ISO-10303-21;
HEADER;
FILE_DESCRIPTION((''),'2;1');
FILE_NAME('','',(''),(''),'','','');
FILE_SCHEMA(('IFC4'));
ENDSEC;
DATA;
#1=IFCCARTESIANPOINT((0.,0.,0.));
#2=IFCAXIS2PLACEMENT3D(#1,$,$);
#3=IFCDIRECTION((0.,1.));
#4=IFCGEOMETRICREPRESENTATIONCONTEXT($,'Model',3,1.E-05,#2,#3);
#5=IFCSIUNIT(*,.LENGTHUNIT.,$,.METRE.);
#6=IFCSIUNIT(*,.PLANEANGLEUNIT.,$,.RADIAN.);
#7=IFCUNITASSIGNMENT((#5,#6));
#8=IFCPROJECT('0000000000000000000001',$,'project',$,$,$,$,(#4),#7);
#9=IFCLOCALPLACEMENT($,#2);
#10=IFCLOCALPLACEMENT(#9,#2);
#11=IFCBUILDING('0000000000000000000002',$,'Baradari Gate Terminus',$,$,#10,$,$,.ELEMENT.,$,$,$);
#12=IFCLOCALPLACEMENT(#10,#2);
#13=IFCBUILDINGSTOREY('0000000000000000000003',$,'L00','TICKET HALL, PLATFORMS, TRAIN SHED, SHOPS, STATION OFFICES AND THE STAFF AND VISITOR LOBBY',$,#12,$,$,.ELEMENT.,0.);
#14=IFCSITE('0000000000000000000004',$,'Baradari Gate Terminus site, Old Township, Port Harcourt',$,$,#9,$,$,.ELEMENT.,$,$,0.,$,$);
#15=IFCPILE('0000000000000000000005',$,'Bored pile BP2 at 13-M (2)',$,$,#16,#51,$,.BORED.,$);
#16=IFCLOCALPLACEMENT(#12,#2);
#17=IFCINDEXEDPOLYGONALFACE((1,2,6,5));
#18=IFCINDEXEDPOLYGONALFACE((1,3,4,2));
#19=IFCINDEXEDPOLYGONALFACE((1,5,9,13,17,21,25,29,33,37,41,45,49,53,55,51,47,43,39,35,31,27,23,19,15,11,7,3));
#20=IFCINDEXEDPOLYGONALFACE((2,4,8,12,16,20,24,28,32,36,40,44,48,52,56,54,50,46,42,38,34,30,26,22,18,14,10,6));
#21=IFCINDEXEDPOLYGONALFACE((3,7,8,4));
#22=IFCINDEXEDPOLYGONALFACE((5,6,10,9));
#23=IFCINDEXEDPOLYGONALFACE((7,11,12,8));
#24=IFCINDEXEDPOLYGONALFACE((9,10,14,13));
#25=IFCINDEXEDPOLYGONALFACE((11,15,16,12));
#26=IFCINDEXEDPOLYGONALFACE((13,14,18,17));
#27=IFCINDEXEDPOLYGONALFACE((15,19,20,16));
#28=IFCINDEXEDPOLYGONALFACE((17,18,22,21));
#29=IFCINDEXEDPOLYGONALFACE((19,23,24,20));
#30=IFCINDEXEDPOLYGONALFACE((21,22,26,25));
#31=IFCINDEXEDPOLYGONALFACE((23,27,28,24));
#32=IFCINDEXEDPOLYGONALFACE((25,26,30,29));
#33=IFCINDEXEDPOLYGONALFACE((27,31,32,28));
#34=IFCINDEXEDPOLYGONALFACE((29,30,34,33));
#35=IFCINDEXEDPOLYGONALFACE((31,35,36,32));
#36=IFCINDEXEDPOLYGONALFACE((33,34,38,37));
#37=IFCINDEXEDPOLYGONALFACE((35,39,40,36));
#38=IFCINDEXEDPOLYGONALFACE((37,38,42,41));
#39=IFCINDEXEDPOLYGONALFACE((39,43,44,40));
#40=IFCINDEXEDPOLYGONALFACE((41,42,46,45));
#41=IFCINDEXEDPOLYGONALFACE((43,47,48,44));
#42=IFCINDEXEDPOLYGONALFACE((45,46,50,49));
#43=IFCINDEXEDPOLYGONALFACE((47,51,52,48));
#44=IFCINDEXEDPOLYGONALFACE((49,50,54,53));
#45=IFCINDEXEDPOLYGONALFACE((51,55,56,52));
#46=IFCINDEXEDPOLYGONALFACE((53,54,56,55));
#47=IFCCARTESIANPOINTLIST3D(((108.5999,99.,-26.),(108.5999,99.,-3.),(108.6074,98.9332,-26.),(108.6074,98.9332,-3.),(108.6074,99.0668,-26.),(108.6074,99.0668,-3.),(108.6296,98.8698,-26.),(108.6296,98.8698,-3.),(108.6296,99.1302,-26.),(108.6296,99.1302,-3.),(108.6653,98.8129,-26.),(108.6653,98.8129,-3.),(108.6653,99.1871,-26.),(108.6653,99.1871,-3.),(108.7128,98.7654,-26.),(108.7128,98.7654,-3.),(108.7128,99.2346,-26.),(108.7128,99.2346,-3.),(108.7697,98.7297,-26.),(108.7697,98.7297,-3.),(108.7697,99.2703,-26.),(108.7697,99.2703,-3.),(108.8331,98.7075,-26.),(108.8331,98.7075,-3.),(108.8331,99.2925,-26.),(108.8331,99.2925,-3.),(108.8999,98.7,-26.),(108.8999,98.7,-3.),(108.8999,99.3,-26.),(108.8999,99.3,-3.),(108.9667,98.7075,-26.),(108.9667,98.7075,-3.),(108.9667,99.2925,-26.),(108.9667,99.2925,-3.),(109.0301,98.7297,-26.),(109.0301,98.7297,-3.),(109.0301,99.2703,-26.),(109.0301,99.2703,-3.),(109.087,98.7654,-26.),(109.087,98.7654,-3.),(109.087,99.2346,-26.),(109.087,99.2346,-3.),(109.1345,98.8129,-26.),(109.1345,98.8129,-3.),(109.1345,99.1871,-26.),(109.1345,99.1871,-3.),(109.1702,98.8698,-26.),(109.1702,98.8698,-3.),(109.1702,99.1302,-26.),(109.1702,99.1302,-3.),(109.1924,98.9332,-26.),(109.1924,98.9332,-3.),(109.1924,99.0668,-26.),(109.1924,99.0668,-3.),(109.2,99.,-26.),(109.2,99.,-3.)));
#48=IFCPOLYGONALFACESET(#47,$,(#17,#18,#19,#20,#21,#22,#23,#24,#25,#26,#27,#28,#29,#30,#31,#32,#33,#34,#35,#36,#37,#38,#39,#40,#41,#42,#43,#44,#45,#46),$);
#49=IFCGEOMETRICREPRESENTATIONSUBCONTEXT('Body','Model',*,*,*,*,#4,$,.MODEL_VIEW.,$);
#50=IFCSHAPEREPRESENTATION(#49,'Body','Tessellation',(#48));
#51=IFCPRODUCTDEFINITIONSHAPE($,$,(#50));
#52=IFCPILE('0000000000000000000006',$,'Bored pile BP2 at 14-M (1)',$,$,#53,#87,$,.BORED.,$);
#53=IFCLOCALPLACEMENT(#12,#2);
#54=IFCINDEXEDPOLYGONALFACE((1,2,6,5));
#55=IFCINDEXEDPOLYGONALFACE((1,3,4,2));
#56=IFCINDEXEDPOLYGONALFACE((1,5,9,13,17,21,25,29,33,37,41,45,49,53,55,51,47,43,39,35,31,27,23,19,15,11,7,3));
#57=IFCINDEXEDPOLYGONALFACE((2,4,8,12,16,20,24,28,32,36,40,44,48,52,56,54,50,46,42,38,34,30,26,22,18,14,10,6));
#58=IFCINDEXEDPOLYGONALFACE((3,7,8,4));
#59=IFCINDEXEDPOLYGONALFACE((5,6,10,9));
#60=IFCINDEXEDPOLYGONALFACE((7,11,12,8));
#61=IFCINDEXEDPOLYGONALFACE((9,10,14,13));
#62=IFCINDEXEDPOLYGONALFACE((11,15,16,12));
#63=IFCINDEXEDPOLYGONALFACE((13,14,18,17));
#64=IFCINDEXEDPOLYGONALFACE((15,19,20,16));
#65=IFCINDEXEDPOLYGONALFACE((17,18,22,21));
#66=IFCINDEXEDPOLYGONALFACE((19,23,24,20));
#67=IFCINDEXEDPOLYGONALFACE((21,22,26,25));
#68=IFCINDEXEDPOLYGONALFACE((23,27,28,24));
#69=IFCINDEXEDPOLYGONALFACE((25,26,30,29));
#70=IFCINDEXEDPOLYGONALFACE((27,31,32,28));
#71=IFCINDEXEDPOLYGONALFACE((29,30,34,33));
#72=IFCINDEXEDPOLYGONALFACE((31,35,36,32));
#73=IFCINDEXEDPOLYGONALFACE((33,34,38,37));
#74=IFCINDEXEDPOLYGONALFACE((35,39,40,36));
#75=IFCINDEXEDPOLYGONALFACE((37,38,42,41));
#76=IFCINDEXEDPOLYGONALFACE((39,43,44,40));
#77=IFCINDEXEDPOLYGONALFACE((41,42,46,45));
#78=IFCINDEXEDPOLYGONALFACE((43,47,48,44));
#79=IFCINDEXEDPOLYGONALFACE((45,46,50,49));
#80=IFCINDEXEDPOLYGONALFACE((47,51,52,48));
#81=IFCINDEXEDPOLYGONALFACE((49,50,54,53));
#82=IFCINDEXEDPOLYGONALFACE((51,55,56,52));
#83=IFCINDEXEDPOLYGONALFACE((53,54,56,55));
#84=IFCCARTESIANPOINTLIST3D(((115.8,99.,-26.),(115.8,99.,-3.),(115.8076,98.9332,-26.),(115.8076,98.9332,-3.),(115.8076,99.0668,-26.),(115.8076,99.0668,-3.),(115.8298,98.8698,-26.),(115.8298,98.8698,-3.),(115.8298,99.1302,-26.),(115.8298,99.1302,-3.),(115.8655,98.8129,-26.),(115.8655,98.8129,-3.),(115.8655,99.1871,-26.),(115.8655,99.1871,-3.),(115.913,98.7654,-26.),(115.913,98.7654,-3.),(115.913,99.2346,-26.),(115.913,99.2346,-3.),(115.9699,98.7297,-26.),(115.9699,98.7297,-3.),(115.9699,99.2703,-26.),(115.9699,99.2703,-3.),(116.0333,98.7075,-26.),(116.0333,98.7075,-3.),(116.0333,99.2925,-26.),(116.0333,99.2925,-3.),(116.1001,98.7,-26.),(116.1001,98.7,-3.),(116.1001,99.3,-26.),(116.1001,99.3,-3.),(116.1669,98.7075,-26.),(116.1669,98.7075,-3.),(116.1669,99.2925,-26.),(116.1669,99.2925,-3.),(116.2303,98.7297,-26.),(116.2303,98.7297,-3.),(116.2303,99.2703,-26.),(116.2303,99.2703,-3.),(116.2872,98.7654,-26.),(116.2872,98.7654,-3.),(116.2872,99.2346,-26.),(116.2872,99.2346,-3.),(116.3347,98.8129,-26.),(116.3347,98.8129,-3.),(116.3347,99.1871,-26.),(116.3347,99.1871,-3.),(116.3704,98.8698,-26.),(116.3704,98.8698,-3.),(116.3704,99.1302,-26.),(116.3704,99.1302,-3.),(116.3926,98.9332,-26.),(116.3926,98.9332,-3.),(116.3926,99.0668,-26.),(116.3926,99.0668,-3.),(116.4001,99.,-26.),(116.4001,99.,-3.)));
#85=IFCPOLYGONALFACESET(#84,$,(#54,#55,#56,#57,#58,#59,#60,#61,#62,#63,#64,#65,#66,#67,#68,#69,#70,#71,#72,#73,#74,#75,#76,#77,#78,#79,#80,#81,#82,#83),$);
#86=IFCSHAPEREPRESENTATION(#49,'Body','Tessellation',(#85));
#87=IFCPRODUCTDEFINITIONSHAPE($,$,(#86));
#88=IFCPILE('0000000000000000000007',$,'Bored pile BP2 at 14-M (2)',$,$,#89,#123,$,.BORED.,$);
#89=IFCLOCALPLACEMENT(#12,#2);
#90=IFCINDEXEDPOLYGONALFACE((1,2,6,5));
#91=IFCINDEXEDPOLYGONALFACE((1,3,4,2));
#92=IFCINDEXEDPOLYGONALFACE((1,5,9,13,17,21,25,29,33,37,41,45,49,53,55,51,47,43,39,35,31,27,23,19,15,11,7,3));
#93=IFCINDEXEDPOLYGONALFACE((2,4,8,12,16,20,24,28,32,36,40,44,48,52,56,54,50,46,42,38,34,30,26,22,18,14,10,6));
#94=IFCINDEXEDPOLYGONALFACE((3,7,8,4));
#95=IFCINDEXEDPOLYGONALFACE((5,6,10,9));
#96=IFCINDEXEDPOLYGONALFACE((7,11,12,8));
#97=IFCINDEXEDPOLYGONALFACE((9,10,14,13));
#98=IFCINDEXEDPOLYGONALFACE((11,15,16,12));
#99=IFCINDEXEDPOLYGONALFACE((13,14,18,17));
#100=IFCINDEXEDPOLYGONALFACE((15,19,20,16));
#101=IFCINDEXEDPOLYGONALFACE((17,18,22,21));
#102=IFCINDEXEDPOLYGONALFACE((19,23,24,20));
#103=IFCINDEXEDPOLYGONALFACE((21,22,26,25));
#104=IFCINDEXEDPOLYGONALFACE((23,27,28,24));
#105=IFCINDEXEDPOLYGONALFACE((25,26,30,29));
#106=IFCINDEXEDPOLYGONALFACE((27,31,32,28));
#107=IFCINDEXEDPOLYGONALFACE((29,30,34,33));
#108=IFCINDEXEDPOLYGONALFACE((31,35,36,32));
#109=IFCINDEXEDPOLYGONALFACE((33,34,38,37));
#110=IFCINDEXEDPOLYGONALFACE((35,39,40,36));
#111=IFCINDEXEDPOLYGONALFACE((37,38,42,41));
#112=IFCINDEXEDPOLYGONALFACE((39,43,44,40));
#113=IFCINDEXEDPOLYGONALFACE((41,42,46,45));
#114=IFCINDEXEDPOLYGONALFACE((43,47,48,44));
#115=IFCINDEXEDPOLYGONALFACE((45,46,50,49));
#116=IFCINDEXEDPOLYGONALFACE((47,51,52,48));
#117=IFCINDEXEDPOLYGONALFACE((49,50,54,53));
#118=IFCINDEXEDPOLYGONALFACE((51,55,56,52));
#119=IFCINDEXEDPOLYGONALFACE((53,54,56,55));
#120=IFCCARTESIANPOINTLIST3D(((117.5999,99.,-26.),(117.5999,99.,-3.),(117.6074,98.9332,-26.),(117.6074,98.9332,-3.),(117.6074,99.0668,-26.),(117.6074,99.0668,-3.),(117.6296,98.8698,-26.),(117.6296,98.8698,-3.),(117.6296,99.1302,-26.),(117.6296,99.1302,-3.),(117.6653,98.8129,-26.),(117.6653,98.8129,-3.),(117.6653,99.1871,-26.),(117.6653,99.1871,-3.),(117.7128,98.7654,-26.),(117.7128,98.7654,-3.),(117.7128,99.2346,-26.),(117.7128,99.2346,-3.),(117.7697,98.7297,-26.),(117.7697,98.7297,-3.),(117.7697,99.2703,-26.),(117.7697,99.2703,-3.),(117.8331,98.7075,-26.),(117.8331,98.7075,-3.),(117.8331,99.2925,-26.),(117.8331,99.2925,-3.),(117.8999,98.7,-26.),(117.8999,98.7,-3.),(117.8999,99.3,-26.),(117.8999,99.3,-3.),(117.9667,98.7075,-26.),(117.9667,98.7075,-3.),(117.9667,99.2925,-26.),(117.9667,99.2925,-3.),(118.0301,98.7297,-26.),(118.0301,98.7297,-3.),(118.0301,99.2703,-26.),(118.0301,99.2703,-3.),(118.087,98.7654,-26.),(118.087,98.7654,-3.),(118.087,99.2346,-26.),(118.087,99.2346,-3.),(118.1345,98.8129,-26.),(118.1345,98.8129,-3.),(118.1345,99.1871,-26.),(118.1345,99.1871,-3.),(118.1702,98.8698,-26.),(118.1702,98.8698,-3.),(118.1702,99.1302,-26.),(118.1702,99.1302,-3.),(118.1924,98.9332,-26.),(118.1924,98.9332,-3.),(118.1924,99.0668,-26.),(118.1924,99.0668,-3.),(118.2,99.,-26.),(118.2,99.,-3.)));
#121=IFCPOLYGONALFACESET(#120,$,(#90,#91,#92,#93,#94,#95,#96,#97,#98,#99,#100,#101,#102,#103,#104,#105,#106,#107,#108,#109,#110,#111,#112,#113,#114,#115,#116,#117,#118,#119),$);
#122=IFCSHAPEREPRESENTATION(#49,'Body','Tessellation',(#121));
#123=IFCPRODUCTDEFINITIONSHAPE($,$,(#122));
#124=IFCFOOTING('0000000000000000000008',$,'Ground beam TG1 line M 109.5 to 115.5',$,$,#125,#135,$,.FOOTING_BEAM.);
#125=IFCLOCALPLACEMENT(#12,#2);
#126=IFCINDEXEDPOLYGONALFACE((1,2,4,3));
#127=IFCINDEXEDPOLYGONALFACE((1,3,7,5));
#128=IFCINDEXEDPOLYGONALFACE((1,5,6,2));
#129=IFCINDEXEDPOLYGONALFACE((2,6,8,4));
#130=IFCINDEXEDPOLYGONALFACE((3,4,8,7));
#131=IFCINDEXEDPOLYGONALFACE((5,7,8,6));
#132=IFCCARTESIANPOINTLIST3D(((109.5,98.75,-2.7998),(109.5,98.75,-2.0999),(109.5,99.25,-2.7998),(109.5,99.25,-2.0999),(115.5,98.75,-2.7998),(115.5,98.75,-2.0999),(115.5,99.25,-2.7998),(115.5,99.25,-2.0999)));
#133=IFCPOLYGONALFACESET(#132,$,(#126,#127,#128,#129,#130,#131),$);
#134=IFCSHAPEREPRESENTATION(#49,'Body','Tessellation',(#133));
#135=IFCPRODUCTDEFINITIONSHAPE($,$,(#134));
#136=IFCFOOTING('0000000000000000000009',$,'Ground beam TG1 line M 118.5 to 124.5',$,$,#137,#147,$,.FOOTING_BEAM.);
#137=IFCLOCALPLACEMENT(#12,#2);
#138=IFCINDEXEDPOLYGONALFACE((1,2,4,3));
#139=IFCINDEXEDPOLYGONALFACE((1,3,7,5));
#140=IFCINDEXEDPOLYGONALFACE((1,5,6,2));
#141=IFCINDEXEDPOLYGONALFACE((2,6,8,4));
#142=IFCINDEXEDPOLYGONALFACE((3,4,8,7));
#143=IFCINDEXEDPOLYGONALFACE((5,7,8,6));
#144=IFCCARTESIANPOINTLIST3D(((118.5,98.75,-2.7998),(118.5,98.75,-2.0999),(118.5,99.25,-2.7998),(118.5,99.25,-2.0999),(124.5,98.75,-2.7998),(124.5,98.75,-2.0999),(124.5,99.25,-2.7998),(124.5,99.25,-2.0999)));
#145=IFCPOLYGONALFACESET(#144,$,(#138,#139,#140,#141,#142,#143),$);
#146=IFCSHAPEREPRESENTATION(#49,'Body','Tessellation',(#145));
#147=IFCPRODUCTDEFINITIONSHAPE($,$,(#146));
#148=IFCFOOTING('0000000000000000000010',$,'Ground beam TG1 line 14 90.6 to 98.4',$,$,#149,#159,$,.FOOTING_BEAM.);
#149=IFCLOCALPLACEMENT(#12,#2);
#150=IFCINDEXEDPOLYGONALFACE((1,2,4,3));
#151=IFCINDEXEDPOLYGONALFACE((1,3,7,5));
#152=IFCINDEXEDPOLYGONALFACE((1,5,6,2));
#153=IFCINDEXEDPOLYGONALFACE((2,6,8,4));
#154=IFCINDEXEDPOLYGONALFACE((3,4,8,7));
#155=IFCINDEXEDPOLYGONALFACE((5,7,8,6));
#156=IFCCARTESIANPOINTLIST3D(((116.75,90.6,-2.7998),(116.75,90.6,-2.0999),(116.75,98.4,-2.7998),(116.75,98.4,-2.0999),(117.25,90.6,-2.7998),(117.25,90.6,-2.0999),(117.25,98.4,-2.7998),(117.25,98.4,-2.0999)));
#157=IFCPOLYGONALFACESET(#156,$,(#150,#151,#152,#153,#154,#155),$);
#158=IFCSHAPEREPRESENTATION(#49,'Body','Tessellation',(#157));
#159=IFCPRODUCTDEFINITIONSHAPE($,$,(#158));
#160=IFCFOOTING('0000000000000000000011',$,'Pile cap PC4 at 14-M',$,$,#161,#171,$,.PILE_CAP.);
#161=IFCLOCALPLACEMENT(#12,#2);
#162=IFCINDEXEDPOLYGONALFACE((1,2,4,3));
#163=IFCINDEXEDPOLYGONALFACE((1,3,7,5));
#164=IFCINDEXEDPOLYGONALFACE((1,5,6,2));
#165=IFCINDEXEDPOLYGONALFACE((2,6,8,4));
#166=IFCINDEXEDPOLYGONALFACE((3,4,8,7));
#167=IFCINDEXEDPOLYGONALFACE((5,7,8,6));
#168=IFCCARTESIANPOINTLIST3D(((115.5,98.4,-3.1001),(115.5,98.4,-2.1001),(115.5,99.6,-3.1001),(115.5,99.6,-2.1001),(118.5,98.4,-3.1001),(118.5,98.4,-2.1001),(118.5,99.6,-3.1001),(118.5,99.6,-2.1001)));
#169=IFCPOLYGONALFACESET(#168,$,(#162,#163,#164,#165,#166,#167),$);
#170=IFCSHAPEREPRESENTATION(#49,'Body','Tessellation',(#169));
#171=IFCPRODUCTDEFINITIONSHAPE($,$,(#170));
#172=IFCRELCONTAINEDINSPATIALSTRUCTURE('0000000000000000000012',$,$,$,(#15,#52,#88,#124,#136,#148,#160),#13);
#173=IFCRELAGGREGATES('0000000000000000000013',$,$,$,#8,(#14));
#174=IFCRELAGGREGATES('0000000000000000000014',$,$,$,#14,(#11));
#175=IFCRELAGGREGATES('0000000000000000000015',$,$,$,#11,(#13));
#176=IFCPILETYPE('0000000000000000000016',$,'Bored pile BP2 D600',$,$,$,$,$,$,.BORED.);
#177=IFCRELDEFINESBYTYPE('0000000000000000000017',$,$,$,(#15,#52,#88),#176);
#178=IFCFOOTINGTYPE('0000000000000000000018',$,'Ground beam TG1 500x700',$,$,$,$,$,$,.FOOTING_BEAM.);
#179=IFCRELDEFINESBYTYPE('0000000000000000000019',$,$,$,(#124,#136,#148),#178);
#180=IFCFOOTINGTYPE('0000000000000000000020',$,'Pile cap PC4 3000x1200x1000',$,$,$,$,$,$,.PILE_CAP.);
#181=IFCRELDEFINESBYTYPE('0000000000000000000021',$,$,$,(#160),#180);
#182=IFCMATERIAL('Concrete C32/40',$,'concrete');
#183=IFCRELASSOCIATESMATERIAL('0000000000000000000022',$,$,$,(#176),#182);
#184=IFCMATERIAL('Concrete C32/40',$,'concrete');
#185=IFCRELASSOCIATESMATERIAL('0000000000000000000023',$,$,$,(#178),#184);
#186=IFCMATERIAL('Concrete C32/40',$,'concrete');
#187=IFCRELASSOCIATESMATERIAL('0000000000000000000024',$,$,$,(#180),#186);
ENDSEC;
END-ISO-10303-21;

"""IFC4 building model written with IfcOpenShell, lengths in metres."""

from ifc_helpers import new_model, si_unit, direction, frame, origin, origin_2d, place, context, subcontext, project, spatial, rectangle, circle, extrude, material, type_object, element, save


model = new_model("IFC4")

# Units and contexts
model_context = context("Model", 3, precision=1e-05, world=origin(), true_north=direction((0.0, 1.0)))
body_context = subcontext(model_context, "Body", "Model", "MODEL_VIEW")
ifc_project = project(units=[si_unit("LENGTHUNIT", "METRE"), si_unit("PLANEANGLEUNIT", "RADIAN")], contexts=[model_context])

# Site, building, storey
site_placement = place(None, origin())
site = spatial("IfcSite", under=ifc_project, at=site_placement, Name="Baradari Gate Terminus site, Old Township, Port Harcourt", CompositionType="ELEMENT", RefElevation=0.0)
building_placement = place(site_placement, origin())
building = spatial("IfcBuilding", under=site, at=building_placement, Name="Baradari Gate Terminus", CompositionType="ELEMENT")
storey_placement = place(building_placement, origin())
storey = spatial("IfcBuildingStorey", under=building, at=storey_placement, Name="L00", Description="TICKET HALL, PLATFORMS, TRAIN SHED, SHOPS, STATION OFFICES AND THE STAFF AND VISITOR LOBBY", CompositionType="ELEMENT", Elevation=0.0)

# Piles
ifc_material_1 = material(Name="Concrete C32/40", Category="concrete")
pile_type = type_object("IfcPileType", Name="Bored pile BP2 D600", PredefinedType="BORED", material=ifc_material_1)
for number, where, z_axis, x_axis, name in (
    (1, (108.8999, 99.0, -3.0), (0.0, 0.0, -1.0), (1.0, 0.0, 0.0), "Bored pile BP2 at 13-M (2)"),
    (2, (116.1001, 99.0, -3.0), (0.0, 0.0, -1.0), (1.0, 0.0, 0.0), "Bored pile BP2 at 14-M (1)"),
    (3, (117.8999, 99.0, -3.0), (0.0, 0.0, -1.0), (1.0, 0.0, 0.0), "Bored pile BP2 at 14-M (2)"),
):
    element("IfcPile", number, at=place(storey_placement, frame(where, z_axis=z_axis, x_axis=x_axis)), inside=storey, type_object=pile_type, Name=name, PredefinedType="BORED", context=body_context, shape_type="SweptSolid", body=[
        extrude(circle(Radius=0.3, at=origin_2d()), origin(), (0.0, 0.0, 1.0), 23.0),
    ])

# Footings
ifc_material_2 = material(Name="Concrete C32/40", Category="concrete")
footing_type_1 = type_object("IfcFootingType", Name="Ground beam TG1 500x700", PredefinedType="FOOTING_BEAM", material=ifc_material_2)
for number, where, z_axis, x_axis, name in (
    (4, (112.5, 99.0, -2.7998), (0.0, 0.0, 1.0), (1.0, 0.0, 0.0), "Ground beam TG1 line M 109.5 to 115.5"),
    (5, (121.5, 99.0, -2.7998), (0.0, 0.0, 1.0), (1.0, 0.0, 0.0), "Ground beam TG1 line M 118.5 to 124.5"),
):
    element("IfcFooting", number, at=place(storey_placement, frame(where, z_axis=z_axis, x_axis=x_axis)), inside=storey, type_object=footing_type_1, Name=name, PredefinedType="FOOTING_BEAM", context=body_context, shape_type="SweptSolid", body=[
        extrude(rectangle(XDim=6.0, YDim=0.5, at=origin_2d()), origin(), (0.0, 0.0, 1.0), 0.7),
    ])
footing_1_placement = place(storey_placement, frame((117.0, 94.5, -2.7998), z_axis=(0.0, 0.0, 1.0), x_axis=(1.0, 0.0, 0.0)))
element("IfcFooting", 6, at=footing_1_placement, inside=storey, type_object=footing_type_1, Name="Ground beam TG1 line 14 90.6 to 98.4", PredefinedType="FOOTING_BEAM", context=body_context, shape_type="SweptSolid", body=[
    extrude(rectangle(XDim=0.5, YDim=7.8, at=origin_2d()), origin(), (0.0, 0.0, 1.0), 0.7),
])
ifc_material_3 = material(Name="Concrete C32/40", Category="concrete")
footing_type_2 = type_object("IfcFootingType", Name="Pile cap PC4 3000x1200x1000", PredefinedType="PILE_CAP", material=ifc_material_3)
footing_2_placement = place(storey_placement, frame((117.0, 99.0, -3.1001), z_axis=(0.0, 0.0, 1.0), x_axis=(1.0, 0.0, 0.0)))
element("IfcFooting", 7, at=footing_2_placement, inside=storey, type_object=footing_type_2, Name="Pile cap PC4 at 14-M", PredefinedType="PILE_CAP", context=body_context, shape_type="SweptSolid", body=[
    extrude(rectangle(XDim=3.0, YDim=1.2, at=origin_2d()), origin(), (0.0, 0.0, 1.0), 1.0),
])

save(model, "model.ifc")
